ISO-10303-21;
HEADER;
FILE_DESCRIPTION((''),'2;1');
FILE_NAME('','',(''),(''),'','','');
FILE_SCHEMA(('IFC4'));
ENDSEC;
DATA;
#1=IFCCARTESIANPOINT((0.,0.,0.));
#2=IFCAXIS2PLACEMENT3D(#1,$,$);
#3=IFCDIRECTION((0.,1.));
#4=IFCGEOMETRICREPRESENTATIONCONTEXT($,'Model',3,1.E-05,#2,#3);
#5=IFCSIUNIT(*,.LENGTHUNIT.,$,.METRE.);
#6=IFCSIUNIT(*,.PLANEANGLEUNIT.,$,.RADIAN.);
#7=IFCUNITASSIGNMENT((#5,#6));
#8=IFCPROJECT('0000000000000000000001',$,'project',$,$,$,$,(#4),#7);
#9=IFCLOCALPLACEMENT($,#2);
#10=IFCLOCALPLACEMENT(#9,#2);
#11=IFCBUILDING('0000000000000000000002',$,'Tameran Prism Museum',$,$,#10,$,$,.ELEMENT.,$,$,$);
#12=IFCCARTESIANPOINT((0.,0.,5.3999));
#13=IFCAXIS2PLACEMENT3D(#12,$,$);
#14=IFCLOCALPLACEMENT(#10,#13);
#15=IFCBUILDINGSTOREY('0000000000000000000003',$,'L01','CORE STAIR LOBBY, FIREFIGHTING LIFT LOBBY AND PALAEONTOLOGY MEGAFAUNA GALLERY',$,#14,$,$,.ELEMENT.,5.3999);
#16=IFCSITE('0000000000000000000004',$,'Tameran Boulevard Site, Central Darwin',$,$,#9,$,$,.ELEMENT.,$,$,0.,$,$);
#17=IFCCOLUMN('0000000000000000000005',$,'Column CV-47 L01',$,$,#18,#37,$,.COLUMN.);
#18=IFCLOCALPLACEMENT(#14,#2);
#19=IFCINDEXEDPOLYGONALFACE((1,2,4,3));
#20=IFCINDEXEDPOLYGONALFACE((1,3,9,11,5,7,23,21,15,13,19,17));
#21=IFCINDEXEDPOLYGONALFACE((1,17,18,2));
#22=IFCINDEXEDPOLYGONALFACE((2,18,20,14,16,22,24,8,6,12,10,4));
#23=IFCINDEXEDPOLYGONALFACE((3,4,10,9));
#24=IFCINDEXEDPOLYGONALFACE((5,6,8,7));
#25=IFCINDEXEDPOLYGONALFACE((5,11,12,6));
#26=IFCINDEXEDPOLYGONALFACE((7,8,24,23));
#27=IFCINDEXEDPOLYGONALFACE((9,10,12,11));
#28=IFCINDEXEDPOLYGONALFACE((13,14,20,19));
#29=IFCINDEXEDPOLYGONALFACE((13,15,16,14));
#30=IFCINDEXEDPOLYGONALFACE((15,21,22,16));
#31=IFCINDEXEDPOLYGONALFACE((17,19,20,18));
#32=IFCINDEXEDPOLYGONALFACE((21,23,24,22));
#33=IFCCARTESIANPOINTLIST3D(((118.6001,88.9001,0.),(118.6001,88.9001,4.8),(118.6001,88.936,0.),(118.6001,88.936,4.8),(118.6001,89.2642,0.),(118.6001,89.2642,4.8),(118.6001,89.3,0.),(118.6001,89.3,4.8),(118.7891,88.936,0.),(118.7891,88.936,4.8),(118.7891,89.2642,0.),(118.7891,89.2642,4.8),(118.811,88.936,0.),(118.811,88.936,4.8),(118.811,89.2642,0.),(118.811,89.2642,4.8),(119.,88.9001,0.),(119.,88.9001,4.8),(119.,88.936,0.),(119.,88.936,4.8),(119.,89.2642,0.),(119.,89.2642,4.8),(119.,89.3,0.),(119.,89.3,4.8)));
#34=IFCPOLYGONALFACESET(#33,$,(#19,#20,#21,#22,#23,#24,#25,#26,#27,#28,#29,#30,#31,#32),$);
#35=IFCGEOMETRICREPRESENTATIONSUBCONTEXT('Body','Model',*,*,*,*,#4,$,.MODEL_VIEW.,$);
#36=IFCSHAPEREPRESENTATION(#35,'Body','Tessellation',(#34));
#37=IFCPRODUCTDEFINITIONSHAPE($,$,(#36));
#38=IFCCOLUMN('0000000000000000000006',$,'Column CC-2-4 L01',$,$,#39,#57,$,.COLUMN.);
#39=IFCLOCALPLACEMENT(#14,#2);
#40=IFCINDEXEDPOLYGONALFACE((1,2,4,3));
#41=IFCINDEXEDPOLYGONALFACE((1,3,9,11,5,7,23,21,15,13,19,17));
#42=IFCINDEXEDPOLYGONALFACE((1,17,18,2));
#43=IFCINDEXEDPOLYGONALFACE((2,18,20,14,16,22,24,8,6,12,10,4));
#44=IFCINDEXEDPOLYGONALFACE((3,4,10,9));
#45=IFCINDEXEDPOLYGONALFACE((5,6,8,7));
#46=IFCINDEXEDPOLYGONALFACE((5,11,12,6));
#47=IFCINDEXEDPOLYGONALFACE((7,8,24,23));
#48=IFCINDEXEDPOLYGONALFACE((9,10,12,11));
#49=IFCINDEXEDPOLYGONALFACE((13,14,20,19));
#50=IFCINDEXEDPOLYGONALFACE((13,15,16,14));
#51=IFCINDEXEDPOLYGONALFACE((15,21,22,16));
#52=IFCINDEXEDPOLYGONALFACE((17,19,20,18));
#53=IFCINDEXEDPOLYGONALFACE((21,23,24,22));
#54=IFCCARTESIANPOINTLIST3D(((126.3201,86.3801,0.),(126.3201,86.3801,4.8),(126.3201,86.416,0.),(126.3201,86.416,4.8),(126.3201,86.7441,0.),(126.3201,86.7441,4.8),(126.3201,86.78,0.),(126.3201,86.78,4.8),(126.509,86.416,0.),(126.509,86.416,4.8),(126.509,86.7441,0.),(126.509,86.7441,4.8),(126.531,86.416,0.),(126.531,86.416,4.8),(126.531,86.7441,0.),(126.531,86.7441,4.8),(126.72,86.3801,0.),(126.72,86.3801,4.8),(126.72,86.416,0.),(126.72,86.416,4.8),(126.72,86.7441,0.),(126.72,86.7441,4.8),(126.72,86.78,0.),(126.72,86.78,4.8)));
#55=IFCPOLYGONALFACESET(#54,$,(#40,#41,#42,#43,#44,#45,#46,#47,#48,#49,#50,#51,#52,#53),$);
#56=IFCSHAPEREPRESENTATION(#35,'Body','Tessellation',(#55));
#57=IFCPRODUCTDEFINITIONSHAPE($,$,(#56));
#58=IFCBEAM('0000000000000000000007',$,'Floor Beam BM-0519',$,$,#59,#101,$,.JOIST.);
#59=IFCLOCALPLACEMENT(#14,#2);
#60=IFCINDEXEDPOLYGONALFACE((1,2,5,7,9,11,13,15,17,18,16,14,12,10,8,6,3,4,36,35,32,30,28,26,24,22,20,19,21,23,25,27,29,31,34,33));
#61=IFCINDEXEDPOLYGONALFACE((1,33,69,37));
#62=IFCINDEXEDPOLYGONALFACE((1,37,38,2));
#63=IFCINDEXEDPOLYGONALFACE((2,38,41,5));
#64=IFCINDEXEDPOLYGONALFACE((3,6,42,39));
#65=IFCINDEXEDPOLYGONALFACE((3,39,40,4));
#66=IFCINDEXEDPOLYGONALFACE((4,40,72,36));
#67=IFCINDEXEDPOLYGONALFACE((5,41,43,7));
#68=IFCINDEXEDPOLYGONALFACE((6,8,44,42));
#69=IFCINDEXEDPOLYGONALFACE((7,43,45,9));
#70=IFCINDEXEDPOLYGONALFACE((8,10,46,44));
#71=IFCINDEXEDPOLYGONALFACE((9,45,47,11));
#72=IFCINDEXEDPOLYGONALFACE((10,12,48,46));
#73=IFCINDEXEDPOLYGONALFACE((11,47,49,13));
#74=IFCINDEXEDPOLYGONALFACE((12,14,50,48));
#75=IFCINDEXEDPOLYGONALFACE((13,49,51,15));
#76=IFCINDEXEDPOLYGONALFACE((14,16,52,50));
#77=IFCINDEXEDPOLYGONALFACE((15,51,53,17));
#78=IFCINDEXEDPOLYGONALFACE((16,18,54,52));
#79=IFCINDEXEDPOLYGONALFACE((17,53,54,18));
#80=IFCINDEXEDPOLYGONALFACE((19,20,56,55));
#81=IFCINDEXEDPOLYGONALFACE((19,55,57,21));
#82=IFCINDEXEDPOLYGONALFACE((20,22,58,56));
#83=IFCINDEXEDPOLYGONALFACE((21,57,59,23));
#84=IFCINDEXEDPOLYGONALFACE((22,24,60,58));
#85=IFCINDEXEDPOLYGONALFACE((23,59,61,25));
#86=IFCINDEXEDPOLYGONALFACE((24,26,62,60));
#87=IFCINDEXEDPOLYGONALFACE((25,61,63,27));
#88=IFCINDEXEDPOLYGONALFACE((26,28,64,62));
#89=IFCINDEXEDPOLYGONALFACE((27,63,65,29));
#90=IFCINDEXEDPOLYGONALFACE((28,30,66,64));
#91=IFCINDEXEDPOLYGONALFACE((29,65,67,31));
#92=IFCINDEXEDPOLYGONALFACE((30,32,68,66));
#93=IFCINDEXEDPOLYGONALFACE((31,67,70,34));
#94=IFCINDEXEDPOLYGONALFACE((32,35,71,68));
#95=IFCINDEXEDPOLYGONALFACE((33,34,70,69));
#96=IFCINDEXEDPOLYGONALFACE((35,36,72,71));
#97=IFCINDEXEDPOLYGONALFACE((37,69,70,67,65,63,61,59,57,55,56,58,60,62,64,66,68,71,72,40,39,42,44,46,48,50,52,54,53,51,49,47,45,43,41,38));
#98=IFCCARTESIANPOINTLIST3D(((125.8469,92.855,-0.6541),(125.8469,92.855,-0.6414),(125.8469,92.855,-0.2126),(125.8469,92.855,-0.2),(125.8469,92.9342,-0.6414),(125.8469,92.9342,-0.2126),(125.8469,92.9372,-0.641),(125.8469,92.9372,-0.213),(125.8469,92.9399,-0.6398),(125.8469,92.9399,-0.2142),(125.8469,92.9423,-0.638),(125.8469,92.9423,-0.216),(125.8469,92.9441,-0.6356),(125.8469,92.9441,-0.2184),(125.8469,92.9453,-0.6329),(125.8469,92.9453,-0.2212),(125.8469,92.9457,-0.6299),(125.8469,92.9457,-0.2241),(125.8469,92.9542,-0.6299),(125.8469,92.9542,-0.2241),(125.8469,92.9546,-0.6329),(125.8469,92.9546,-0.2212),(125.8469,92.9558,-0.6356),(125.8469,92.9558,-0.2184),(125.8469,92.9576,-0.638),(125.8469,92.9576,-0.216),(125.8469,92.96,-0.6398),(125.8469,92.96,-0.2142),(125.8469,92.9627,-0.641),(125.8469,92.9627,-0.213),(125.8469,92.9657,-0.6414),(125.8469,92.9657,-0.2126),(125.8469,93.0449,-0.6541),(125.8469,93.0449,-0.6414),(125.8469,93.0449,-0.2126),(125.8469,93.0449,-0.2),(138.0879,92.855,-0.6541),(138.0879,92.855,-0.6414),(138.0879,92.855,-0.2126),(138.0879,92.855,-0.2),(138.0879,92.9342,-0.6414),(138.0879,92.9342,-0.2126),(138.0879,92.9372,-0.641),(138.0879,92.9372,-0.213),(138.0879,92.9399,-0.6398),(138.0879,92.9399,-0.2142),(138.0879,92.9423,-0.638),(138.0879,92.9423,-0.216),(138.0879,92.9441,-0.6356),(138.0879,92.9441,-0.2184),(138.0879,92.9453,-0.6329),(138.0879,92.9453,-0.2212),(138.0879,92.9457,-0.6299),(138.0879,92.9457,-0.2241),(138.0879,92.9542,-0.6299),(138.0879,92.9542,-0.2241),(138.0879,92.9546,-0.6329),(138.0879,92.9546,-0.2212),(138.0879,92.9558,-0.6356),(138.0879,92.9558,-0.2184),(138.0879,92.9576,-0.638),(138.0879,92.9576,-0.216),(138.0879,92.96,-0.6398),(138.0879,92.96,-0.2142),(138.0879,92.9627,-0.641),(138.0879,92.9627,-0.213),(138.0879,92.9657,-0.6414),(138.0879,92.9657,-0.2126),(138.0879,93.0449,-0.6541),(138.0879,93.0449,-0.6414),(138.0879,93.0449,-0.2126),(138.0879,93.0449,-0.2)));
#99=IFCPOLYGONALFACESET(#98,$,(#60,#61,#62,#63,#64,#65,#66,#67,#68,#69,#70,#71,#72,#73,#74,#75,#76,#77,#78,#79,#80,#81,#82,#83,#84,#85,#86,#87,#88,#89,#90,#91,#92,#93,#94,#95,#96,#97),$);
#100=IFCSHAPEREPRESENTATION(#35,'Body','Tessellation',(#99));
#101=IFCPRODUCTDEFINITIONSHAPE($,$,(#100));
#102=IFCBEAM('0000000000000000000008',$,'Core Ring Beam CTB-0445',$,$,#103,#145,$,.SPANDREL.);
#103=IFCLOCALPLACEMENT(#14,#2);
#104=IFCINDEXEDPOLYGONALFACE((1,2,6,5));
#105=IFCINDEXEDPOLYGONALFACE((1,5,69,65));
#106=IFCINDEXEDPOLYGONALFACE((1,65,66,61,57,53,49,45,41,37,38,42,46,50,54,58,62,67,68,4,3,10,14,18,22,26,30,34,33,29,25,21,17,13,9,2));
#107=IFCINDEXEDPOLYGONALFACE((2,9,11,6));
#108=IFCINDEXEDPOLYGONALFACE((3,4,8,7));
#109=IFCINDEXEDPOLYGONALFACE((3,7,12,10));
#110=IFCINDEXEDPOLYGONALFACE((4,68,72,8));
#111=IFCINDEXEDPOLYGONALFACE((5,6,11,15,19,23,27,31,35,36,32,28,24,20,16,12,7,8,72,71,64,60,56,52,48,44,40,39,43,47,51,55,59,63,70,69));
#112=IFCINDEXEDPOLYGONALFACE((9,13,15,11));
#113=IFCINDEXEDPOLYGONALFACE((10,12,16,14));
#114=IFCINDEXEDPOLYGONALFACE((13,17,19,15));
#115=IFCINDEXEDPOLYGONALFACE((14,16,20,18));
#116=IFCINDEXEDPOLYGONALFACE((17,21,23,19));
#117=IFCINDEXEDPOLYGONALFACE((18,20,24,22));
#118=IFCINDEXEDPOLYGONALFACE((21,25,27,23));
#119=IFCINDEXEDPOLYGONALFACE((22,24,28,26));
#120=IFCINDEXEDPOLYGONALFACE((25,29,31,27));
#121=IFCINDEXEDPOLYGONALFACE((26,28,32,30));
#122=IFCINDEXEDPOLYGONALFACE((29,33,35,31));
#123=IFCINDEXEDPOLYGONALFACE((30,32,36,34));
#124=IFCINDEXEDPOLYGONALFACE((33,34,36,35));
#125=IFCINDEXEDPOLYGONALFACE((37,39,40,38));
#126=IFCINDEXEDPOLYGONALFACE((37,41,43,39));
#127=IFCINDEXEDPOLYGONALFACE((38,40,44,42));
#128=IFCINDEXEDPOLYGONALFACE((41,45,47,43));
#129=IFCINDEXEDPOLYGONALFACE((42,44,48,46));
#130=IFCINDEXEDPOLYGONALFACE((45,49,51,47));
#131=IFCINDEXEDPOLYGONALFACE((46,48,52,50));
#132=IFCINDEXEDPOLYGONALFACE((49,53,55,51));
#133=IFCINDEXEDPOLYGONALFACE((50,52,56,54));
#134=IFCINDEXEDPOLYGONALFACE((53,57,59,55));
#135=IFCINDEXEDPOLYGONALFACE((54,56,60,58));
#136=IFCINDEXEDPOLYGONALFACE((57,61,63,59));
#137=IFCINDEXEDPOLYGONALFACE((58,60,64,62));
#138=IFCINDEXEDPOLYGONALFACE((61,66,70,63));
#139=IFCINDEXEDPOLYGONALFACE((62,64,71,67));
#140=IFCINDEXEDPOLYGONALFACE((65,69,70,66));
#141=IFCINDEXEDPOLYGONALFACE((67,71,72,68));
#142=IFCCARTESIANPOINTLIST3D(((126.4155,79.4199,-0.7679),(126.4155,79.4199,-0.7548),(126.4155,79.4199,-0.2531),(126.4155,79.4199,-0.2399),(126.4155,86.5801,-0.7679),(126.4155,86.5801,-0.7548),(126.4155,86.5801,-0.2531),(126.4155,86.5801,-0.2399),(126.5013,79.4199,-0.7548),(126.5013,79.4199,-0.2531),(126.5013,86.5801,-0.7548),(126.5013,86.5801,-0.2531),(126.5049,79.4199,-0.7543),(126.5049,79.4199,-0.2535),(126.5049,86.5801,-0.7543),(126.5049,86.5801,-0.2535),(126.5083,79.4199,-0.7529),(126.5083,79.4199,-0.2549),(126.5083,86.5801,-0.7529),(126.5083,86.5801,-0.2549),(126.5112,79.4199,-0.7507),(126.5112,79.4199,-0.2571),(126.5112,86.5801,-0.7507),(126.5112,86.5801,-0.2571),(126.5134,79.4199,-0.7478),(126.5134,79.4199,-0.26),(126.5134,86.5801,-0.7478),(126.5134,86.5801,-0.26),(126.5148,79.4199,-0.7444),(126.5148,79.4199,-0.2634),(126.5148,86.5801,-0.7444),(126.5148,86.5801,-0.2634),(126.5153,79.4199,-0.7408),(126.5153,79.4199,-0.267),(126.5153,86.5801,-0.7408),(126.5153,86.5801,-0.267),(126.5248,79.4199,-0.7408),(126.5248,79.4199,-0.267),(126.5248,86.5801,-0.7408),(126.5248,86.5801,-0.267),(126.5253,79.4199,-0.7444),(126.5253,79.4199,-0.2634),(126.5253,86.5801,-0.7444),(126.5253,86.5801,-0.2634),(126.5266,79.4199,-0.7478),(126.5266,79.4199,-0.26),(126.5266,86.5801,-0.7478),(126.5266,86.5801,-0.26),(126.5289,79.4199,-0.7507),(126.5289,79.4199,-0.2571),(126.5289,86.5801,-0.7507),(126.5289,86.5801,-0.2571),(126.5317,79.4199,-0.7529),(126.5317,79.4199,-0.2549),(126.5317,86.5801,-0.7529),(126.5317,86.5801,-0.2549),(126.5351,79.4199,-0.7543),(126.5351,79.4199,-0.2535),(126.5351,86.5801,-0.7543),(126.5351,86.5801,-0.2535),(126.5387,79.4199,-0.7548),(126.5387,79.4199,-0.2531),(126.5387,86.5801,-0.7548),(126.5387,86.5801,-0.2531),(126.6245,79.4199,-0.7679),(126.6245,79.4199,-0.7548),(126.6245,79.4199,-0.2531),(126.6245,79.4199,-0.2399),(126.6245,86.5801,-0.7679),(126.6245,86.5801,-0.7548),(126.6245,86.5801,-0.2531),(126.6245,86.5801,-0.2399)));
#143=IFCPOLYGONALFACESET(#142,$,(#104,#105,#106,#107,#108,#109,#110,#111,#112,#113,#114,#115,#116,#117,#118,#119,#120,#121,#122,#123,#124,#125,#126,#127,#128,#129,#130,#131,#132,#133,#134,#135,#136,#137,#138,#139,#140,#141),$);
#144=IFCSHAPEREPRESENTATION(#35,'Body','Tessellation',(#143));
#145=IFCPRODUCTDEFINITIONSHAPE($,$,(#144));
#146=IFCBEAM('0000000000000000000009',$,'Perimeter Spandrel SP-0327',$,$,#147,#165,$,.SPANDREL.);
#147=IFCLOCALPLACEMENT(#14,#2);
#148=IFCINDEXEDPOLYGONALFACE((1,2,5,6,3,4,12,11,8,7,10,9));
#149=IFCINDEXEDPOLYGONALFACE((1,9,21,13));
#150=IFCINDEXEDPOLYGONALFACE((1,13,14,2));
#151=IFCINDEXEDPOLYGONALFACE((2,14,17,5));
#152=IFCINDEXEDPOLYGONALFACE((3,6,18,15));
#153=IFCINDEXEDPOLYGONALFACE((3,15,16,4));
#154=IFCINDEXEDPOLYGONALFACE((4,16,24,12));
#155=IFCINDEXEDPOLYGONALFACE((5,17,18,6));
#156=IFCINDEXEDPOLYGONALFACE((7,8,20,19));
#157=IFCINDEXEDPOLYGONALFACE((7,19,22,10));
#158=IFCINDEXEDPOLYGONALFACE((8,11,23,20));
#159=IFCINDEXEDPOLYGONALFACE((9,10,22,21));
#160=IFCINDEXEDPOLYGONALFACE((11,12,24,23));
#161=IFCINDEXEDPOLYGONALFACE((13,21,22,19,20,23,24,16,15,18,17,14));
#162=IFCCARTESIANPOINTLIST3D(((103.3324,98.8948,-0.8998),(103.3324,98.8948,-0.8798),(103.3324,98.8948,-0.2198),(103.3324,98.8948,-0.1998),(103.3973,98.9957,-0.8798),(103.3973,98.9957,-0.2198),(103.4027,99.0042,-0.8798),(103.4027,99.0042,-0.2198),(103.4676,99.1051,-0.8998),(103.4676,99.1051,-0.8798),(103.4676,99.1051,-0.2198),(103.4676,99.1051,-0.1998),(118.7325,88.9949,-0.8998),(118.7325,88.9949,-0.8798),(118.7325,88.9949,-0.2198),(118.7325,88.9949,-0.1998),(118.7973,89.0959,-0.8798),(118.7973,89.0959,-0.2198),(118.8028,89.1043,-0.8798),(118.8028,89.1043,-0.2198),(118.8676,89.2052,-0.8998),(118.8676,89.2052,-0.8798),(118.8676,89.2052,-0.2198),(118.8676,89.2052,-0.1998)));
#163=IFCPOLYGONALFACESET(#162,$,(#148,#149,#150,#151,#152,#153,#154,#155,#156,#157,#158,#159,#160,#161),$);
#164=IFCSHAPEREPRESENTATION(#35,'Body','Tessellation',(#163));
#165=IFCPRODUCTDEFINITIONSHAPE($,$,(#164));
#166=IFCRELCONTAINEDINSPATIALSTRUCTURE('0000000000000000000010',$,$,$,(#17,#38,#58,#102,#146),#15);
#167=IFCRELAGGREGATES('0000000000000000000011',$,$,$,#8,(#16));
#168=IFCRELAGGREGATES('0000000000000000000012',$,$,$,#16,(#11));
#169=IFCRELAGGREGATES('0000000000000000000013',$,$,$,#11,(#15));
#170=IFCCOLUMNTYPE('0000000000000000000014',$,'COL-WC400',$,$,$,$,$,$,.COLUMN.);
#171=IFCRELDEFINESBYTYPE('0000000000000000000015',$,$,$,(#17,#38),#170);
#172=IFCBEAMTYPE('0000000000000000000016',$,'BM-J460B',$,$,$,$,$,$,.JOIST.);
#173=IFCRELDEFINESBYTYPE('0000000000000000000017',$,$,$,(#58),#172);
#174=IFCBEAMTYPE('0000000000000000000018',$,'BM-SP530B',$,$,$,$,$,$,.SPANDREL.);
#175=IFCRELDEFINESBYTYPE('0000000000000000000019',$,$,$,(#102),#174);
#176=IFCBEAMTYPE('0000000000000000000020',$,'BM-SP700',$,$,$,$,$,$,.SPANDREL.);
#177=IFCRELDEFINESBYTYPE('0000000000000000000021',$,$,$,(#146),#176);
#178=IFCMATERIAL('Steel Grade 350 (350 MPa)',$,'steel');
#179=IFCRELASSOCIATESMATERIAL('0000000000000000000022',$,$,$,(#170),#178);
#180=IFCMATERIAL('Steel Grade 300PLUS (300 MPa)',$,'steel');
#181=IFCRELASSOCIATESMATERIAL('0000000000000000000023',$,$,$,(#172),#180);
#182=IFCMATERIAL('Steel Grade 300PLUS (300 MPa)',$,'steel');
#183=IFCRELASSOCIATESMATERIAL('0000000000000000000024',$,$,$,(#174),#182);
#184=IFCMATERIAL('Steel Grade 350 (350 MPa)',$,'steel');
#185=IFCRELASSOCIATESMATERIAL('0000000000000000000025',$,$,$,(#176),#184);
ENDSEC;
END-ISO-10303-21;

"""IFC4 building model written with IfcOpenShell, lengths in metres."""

from ifc_helpers import new_model, si_unit, direction, frame, origin, origin_2d, place, context, subcontext, project, spatial, i_section, extrude, material, material_profile, profile_set, type_object, element, save


model = new_model("IFC4")

# Units and contexts
model_context = context("Model", 3, precision=1e-05, world=origin(), true_north=direction((0.0, 1.0)))
body_context = subcontext(model_context, "Body", "Model", "MODEL_VIEW")
ifc_project = project(units=[si_unit("LENGTHUNIT", "METRE"), si_unit("PLANEANGLEUNIT", "RADIAN")], contexts=[model_context])

# Site, building, storey
site_placement = place(None, origin())
site = spatial("IfcSite", under=ifc_project, at=site_placement, Name="Tameran Boulevard Site, Central Darwin", CompositionType="ELEMENT", RefElevation=0.0)
building_placement = place(site_placement, origin())
building = spatial("IfcBuilding", under=site, at=building_placement, Name="Tameran Prism Museum", CompositionType="ELEMENT")
storey_placement = place(building_placement, frame((0.0, 0.0, 5.3999)))
storey = spatial("IfcBuildingStorey", under=building, at=storey_placement, Name="L01", Description="CORE STAIR LOBBY, FIREFIGHTING LIFT LOBBY AND PALAEONTOLOGY MEGAFAUNA GALLERY", CompositionType="ELEMENT", Elevation=5.3999)

# Columns
ifc_material_1 = material(Name="Steel Grade 350 (350 MPa)", Category="steel")
ifc_material_profile_1 = material_profile(ifc_material_1, i_section(OverallWidth=0.3999, OverallDepth=0.3999, WebThickness=0.022, FlangeThickness=0.0359, at=origin_2d()))
ifc_profile_set_1 = profile_set([ifc_material_profile_1])
column_type = type_object("IfcColumnType", Name="COL-WC400", PredefinedType="COLUMN", material=ifc_profile_set_1)
for number, where, z_axis, x_axis, name in (
    (1, (118.8, 89.1001, 0.0), (0.0, 0.0, 1.0), (1.0, 0.0, 0.0), "Column CV-47 L01"),
    (2, (126.52, 86.5801, 0.0), (0.0, 0.0, 1.0), (1.0, 0.0, 0.0), "Column CC-2-4 L01"),
):
    element("IfcColumn", number, at=place(storey_placement, frame(where, z_axis=z_axis, x_axis=x_axis)), inside=storey, type_object=column_type, Name=name, PredefinedType="COLUMN", context=body_context, shape_type="SweptSolid", body=[
        extrude(i_section(OverallWidth=0.3999, OverallDepth=0.3999, WebThickness=0.022, FlangeThickness=0.0359, at=origin_2d()), origin(), (0.0, 0.0, 1.0), 4.8),
    ])

# Beams
ifc_material_2 = material(Name="Steel Grade 300PLUS (300 MPa)", Category="steel")
ifc_material_profile_2 = material_profile(ifc_material_2, i_section(OverallWidth=0.1899, OverallDepth=0.4541, WebThickness=0.0085, FlangeThickness=0.0127, FilletRadius=0.0115, at=origin_2d()))
ifc_profile_set_2 = profile_set([ifc_material_profile_2])
beam_type_1 = type_object("IfcBeamType", Name="BM-J460B", PredefinedType="JOIST", material=ifc_profile_set_2)
beam_1_placement = place(storey_placement, frame((125.8469, 92.95, -0.427), z_axis=(1.0, 0.0, 0.0), x_axis=(0.0, 1.0, 0.0)))
element("IfcBeam", 3, at=beam_1_placement, inside=storey, type_object=beam_type_1, Name="Floor Beam BM-0519", PredefinedType="JOIST", context=body_context, shape_type="SweptSolid", body=[
    extrude(i_section(OverallWidth=0.1899, OverallDepth=0.4541, WebThickness=0.0085, FlangeThickness=0.0127, FilletRadius=0.0115, at=origin_2d()), origin(), (0.0, 0.0, 1.0), 12.241),
])
ifc_material_3 = material(Name="Steel Grade 300PLUS (300 MPa)", Category="steel")
ifc_material_profile_3 = material_profile(ifc_material_3, i_section(OverallWidth=0.209, OverallDepth=0.5281, WebThickness=0.0095, FlangeThickness=0.0132, FilletRadius=0.0139, at=origin_2d()))
ifc_profile_set_3 = profile_set([ifc_material_profile_3])
beam_type_2 = type_object("IfcBeamType", Name="BM-SP530B", PredefinedType="SPANDREL", material=ifc_profile_set_3)
beam_2_placement = place(storey_placement, frame((126.52, 86.5801, -0.5039), z_axis=(0.0, -1.0, 0.0), x_axis=(1.0, 0.0, 0.0)))
element("IfcBeam", 4, at=beam_2_placement, inside=storey, type_object=beam_type_2, Name="Core Ring Beam CTB-0445", PredefinedType="SPANDREL", context=body_context, shape_type="SweptSolid", body=[
    extrude(i_section(OverallWidth=0.209, OverallDepth=0.5281, WebThickness=0.0095, FlangeThickness=0.0132, FilletRadius=0.0139, at=origin_2d()), origin(), (0.0, 0.0, 1.0), 7.1602),
])
ifc_material_4 = material(Name="Steel Grade 350 (350 MPa)", Category="steel")
ifc_material_profile_4 = material_profile(ifc_material_4, i_section(OverallWidth=0.25, OverallDepth=0.7, WebThickness=0.01, FlangeThickness=0.02, at=origin_2d()))
ifc_profile_set_4 = profile_set([ifc_material_profile_4])
beam_type_3 = type_object("IfcBeamType", Name="BM-SP700", PredefinedType="SPANDREL", material=ifc_profile_set_4)
beam_3_placement = place(storey_placement, frame((118.8, 89.1001, -0.5498), z_axis=(-0.841183, 0.54075, 0.0), x_axis=(-0.54075, -0.841183, 0.0)))
element("IfcBeam", 5, at=beam_3_placement, inside=storey, type_object=beam_type_3, Name="Perimeter Spandrel SP-0327", PredefinedType="SPANDREL", context=body_context, shape_type="SweptSolid", body=[
    extrude(i_section(OverallWidth=0.25, OverallDepth=0.7, WebThickness=0.01, FlangeThickness=0.02, at=origin_2d()), origin(), (0.0, 0.0, 1.0), 18.3076),
])

save(model, "model.ifc")
